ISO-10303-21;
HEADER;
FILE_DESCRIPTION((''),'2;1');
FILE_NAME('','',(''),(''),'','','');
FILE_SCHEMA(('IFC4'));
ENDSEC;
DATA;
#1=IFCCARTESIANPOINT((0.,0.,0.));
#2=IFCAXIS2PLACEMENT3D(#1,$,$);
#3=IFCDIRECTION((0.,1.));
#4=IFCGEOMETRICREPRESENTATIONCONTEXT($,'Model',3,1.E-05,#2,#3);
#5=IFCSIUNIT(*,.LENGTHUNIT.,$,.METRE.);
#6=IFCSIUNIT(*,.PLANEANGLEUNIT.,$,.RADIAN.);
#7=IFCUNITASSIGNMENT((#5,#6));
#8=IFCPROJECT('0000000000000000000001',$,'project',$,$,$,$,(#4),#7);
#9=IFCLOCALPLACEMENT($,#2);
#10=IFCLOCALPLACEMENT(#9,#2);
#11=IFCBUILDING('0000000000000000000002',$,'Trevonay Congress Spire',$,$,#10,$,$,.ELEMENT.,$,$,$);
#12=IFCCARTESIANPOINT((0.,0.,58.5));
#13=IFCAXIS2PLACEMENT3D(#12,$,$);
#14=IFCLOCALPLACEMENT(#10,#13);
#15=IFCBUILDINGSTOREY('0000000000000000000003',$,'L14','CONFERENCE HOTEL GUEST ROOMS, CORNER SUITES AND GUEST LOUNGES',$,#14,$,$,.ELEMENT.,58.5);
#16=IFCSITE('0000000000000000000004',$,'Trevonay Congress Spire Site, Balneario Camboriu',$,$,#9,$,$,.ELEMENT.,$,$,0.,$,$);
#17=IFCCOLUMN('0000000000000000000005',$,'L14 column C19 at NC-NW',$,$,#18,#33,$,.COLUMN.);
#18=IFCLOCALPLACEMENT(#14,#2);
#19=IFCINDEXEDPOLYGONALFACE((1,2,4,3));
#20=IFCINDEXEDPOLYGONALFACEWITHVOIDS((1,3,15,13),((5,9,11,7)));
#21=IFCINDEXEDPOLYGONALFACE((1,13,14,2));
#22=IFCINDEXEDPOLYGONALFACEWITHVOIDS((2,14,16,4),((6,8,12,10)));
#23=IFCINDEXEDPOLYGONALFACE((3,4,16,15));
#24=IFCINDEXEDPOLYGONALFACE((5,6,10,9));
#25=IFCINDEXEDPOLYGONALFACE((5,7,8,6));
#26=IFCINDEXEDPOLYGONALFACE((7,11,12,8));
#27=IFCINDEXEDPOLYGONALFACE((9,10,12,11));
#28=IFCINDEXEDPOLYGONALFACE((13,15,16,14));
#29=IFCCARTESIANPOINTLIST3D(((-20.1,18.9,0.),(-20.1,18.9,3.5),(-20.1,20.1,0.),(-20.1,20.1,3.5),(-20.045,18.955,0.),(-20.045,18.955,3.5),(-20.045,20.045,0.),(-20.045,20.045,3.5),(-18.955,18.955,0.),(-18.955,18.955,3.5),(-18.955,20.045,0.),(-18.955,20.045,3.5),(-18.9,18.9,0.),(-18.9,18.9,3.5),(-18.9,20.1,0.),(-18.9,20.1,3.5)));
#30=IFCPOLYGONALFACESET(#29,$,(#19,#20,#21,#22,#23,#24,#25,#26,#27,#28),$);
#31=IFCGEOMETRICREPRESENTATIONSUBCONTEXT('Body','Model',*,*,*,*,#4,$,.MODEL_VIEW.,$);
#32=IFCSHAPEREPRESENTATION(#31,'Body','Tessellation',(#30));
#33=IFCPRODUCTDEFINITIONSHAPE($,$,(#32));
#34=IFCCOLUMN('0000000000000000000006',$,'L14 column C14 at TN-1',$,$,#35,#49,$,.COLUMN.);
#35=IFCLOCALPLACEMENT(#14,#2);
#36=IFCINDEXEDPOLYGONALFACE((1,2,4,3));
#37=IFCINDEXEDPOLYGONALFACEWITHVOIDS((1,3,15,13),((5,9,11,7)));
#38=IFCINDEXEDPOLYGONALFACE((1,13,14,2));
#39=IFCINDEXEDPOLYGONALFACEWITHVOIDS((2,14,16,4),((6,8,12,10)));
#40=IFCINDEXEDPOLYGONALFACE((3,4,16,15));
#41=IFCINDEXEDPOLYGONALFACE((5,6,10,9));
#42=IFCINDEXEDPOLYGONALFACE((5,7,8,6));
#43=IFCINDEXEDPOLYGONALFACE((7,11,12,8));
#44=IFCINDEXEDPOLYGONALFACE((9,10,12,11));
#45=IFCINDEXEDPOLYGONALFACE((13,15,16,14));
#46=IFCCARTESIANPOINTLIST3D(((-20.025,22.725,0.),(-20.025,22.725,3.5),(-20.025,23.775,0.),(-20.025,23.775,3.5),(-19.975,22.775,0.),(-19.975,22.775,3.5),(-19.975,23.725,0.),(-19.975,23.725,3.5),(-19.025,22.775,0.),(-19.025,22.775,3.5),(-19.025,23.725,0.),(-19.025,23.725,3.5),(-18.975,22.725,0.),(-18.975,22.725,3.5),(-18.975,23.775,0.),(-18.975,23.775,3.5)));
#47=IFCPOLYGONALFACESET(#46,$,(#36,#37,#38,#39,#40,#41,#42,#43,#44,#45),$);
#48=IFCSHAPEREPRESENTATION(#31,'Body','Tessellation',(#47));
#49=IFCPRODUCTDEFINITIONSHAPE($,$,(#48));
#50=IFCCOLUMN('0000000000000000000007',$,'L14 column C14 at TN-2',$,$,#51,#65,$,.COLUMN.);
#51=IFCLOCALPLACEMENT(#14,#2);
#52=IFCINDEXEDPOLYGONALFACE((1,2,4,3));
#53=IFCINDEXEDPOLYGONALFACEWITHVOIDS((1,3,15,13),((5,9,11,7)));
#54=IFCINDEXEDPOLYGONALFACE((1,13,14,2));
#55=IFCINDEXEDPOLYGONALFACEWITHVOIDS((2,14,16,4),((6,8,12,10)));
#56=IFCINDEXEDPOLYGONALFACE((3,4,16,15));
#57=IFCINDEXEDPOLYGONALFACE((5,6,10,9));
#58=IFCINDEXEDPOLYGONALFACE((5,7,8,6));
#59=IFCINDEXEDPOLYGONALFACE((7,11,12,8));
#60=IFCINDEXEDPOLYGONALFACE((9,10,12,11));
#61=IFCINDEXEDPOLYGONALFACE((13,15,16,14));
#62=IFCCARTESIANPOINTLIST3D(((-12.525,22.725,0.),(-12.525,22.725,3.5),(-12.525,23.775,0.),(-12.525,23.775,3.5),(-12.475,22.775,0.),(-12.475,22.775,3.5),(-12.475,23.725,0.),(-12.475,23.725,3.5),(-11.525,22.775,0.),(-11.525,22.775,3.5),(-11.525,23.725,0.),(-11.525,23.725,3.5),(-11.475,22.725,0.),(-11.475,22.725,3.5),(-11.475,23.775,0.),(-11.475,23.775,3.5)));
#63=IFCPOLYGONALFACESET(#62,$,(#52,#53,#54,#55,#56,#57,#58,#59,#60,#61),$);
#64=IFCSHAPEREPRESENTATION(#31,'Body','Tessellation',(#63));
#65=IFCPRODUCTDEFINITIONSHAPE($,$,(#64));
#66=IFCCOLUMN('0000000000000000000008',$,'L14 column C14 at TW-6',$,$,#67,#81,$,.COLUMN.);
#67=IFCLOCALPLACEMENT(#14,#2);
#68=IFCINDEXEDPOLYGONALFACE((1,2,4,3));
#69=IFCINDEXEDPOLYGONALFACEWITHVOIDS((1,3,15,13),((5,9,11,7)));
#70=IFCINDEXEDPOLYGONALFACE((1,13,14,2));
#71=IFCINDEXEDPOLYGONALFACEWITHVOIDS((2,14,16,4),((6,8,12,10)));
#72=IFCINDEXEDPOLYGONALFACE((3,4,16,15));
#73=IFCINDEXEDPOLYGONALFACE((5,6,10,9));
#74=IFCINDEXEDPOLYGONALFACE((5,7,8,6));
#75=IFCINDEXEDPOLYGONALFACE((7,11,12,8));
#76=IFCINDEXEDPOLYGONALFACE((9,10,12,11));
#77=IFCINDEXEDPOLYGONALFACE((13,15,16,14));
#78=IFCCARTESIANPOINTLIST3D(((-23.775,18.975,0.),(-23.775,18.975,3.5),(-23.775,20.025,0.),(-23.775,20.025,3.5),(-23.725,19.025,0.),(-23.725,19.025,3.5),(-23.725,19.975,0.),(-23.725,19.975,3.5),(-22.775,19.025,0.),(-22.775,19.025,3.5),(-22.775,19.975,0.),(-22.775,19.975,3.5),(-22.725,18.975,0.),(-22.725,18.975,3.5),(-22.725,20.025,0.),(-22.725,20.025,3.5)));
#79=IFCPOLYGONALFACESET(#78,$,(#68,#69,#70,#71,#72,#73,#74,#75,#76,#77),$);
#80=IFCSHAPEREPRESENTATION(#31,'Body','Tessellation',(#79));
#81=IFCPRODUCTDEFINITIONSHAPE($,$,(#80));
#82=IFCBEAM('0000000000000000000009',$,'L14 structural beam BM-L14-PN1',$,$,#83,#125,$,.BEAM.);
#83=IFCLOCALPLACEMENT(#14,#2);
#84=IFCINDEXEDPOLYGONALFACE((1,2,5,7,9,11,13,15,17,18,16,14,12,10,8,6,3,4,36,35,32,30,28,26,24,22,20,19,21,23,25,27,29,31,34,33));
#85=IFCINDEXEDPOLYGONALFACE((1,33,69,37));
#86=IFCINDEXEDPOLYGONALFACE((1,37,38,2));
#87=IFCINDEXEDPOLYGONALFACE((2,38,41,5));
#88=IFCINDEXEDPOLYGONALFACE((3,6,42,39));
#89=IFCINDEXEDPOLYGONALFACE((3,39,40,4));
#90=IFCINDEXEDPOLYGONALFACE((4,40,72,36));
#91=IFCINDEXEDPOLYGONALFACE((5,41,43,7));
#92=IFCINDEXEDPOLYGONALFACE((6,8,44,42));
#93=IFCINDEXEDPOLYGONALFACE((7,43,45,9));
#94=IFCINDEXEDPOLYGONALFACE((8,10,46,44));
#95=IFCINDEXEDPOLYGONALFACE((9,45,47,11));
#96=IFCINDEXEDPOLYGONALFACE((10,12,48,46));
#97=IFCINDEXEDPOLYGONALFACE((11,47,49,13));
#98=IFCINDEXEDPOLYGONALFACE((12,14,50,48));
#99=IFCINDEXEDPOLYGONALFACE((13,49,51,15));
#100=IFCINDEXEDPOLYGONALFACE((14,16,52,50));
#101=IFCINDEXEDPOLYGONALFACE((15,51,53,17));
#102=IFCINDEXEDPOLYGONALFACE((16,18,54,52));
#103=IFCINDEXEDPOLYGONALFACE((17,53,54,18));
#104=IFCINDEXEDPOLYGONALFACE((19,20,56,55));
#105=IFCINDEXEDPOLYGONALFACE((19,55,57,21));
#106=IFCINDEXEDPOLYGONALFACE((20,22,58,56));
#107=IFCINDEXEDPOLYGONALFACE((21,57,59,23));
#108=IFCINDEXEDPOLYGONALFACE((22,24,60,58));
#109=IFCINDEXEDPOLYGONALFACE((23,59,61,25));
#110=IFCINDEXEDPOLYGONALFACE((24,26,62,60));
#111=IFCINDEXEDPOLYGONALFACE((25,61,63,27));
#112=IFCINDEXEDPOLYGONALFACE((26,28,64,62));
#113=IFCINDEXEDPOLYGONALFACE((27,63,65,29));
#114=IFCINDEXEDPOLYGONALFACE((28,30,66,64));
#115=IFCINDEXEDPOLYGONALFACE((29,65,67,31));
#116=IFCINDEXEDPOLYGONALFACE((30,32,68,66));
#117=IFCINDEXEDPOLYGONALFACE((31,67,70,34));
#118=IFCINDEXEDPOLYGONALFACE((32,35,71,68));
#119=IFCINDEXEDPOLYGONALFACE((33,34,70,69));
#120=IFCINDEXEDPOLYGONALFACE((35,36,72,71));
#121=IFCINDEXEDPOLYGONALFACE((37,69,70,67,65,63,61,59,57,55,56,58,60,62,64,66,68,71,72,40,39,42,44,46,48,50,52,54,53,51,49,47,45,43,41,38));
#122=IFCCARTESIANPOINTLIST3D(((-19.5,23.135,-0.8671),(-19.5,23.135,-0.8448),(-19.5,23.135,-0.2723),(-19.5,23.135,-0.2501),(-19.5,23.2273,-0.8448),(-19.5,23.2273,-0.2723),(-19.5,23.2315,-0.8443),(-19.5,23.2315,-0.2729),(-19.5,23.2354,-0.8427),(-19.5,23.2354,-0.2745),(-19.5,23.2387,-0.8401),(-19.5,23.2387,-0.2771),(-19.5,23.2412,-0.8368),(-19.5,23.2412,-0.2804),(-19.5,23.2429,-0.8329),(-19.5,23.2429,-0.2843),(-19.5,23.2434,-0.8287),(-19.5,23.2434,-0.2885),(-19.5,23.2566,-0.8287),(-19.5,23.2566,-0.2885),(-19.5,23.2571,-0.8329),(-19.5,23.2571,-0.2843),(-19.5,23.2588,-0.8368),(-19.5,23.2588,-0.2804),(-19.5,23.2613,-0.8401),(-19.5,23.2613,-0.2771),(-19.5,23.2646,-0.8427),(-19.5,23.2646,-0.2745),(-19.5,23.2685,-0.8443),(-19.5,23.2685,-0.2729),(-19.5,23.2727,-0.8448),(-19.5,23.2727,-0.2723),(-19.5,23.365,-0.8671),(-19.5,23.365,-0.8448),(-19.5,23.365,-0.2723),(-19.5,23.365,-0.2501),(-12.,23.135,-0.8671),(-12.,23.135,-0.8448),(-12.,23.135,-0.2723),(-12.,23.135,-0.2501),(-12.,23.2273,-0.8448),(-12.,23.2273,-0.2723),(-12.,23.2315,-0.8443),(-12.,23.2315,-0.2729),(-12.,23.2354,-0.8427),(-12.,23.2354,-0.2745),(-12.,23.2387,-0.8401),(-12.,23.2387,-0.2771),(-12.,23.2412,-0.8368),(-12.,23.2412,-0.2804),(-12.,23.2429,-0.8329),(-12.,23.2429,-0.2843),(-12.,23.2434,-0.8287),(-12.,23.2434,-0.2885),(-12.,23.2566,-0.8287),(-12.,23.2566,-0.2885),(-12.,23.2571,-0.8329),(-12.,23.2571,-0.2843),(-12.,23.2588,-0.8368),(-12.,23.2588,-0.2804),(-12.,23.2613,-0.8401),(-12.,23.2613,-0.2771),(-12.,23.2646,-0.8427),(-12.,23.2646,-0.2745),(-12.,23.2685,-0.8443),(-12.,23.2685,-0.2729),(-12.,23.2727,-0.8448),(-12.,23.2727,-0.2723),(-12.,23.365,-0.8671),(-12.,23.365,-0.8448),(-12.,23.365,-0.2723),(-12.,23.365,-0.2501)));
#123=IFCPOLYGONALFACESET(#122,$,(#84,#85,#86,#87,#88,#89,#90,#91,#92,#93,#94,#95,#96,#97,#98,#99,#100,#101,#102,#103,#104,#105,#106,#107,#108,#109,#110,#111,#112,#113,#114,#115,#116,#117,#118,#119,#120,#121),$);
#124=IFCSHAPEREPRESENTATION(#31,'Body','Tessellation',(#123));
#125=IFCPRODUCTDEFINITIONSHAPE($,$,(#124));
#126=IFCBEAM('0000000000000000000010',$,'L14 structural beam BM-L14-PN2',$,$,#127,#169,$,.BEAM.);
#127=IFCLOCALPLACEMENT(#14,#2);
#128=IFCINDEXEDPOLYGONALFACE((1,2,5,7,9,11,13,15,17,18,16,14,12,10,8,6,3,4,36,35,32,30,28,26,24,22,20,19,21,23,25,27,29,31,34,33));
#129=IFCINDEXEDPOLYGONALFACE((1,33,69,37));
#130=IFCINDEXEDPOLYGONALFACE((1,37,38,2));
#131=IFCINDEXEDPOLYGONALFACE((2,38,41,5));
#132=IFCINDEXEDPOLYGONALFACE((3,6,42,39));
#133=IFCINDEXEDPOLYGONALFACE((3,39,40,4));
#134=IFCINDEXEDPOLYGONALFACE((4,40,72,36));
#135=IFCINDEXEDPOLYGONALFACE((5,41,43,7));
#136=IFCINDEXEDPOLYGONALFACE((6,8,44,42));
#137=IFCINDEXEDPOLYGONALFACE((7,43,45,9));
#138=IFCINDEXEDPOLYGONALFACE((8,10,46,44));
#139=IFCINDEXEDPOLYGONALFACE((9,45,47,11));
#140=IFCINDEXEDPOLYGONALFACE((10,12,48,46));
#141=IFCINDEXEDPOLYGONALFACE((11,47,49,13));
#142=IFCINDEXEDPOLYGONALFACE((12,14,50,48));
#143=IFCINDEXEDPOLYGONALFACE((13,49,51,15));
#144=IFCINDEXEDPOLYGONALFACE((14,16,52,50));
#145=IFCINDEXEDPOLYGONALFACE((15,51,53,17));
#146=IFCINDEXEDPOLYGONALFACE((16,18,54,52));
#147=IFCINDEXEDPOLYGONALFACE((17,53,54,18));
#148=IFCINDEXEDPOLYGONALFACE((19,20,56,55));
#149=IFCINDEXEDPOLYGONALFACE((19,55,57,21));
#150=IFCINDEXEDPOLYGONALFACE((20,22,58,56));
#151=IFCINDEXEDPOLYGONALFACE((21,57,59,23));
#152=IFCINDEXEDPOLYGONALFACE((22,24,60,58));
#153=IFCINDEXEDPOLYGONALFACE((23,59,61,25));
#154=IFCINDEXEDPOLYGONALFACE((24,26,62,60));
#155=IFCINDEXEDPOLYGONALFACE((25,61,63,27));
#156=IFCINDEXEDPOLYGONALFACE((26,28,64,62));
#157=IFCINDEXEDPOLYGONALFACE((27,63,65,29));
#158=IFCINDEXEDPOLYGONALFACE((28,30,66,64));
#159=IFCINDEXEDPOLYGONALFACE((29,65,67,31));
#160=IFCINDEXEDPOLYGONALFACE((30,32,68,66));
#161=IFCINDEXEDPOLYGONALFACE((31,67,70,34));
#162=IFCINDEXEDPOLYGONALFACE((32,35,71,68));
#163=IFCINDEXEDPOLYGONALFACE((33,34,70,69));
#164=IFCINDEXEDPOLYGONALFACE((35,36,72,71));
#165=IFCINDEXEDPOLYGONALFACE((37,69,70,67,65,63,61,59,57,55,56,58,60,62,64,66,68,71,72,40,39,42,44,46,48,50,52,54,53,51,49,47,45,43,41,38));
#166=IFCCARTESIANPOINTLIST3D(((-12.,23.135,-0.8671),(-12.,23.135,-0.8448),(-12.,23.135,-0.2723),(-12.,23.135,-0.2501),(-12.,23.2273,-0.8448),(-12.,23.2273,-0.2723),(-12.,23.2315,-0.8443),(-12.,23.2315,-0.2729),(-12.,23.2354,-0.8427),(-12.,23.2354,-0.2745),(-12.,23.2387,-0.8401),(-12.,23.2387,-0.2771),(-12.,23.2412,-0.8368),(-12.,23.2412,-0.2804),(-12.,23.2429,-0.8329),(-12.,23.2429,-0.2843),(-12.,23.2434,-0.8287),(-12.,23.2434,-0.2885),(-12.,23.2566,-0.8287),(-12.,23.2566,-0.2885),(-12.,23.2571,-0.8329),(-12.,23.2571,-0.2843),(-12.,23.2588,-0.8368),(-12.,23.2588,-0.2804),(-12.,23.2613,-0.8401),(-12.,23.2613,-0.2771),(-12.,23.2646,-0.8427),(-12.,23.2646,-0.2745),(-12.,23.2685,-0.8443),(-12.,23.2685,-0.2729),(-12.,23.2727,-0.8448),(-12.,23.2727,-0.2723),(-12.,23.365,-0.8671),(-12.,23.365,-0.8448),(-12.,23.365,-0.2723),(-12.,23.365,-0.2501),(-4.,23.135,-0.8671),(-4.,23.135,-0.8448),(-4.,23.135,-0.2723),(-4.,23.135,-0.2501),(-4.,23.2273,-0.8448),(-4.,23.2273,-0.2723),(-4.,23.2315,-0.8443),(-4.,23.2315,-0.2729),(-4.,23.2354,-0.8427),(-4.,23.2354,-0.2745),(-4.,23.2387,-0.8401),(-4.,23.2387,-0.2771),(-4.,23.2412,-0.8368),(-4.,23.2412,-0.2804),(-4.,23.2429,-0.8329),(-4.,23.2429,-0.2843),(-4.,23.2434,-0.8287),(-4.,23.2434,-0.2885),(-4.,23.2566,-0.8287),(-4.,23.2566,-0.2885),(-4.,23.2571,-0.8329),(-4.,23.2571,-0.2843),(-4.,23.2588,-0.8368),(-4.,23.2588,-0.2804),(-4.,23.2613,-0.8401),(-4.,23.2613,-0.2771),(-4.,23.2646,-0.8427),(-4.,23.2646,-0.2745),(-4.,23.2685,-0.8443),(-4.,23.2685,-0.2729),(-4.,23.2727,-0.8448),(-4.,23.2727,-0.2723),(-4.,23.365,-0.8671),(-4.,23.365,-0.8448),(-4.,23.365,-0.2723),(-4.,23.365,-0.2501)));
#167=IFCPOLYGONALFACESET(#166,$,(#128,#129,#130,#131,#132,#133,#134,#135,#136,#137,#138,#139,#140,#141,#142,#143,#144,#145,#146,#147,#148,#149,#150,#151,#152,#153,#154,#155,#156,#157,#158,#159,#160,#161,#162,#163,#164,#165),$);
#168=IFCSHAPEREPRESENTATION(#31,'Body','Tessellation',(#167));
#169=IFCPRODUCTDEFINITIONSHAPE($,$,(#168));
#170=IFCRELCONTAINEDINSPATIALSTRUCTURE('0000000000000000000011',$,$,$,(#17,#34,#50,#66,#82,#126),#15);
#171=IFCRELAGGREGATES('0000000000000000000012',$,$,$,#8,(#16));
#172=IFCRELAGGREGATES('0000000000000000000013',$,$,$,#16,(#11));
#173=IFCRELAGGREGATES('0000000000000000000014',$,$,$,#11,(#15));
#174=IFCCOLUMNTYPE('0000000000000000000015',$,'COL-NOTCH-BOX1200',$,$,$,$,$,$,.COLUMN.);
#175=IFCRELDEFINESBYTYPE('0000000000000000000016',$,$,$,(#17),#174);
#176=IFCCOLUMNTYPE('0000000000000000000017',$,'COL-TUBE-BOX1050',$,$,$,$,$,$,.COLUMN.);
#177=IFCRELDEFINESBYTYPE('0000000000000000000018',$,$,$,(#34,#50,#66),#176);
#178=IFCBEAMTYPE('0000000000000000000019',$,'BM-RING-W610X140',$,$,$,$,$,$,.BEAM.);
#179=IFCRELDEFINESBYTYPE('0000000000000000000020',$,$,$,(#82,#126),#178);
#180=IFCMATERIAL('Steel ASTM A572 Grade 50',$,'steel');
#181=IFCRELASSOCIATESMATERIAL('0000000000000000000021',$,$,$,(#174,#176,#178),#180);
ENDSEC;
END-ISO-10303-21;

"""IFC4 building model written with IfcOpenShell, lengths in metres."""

from ifc_helpers import new_model, si_unit, direction, frame, origin, origin_2d, place, context, subcontext, project, spatial, hollow_rectangle, i_section, extrude, material, material_profile, profile_set, type_object, element, save


model = new_model("IFC4")

# Units and contexts
model_context = context("Model", 3, precision=1e-05, world=origin(), true_north=direction((0.0, 1.0)))
body_context = subcontext(model_context, "Body", "Model", "MODEL_VIEW")
ifc_project = project(units=[si_unit("LENGTHUNIT", "METRE"), si_unit("PLANEANGLEUNIT", "RADIAN")], contexts=[model_context])

# Site, building, storey
site_placement = place(None, origin())
site = spatial("IfcSite", under=ifc_project, at=site_placement, Name="Trevonay Congress Spire Site, Balneario Camboriu", CompositionType="ELEMENT", RefElevation=0.0)
building_placement = place(site_placement, origin())
building = spatial("IfcBuilding", under=site, at=building_placement, Name="Trevonay Congress Spire", CompositionType="ELEMENT")
storey_placement = place(building_placement, frame((0.0, 0.0, 58.5)))
storey = spatial("IfcBuildingStorey", under=building, at=storey_placement, Name="L14", Description="CONFERENCE HOTEL GUEST ROOMS, CORNER SUITES AND GUEST LOUNGES", CompositionType="ELEMENT", Elevation=58.5)

# Columns
ifc_material_1 = material(Name="Steel ASTM A572 Grade 50", Category="steel")
ifc_material_profile_1 = material_profile(ifc_material_1, hollow_rectangle(XDim=1.2, YDim=1.2, WallThickness=0.0549, at=origin_2d()), Name="BOX 1200x1200x55")
ifc_profile_set_1 = profile_set([ifc_material_profile_1], Name="Steel ASTM A572 Grade 50")
column_type_1 = type_object("IfcColumnType", Name="COL-NOTCH-BOX1200", PredefinedType="COLUMN", material=ifc_profile_set_1)
column_placement = place(storey_placement, frame((-19.5, 19.5, 0.0), z_axis=(0.0, 0.0, 1.0), x_axis=(1.0, 0.0, 0.0)))
element("IfcColumn", 1, at=column_placement, inside=storey, type_object=column_type_1, Name="L14 column C19 at NC-NW", PredefinedType="COLUMN", context=body_context, shape_type="SweptSolid", body=[
    extrude(hollow_rectangle(XDim=1.2, YDim=1.2, WallThickness=0.0549, at=origin_2d()), origin(), (0.0, 0.0, 1.0), 3.5),
])
ifc_material_profile_2 = material_profile(ifc_material_1, hollow_rectangle(XDim=1.05, YDim=1.05, WallThickness=0.05, at=origin_2d()), Name="BOX 1050x1050x50")
ifc_profile_set_2 = profile_set([ifc_material_profile_2], Name="Steel ASTM A572 Grade 50")
column_type_2 = type_object("IfcColumnType", Name="COL-TUBE-BOX1050", PredefinedType="COLUMN", material=ifc_profile_set_2)
for number, where, z_axis, x_axis, name in (
    (2, (-19.5, 23.25, 0.0), (0.0, 0.0, 1.0), (1.0, 0.0, 0.0), "L14 column C14 at TN-1"),
    (3, (-12.0, 23.25, 0.0), (0.0, 0.0, 1.0), (1.0, 0.0, 0.0), "L14 column C14 at TN-2"),
    (4, (-23.25, 19.5, 0.0), (0.0, 0.0, 1.0), (1.0, 0.0, 0.0), "L14 column C14 at TW-6"),
):
    element("IfcColumn", number, at=place(storey_placement, frame(where, z_axis=z_axis, x_axis=x_axis)), inside=storey, type_object=column_type_2, Name=name, PredefinedType="COLUMN", context=body_context, shape_type="SweptSolid", body=[
        extrude(hollow_rectangle(XDim=1.05, YDim=1.05, WallThickness=0.05, at=origin_2d()), origin(), (0.0, 0.0, 1.0), 3.5),
    ])

# Beams
ifc_material_profile_3 = material_profile(ifc_material_1, i_section(OverallWidth=0.23, OverallDepth=0.6169, WebThickness=0.0132, FlangeThickness=0.0222, FilletRadius=0.0161, at=origin_2d()), Name="W610x140")
ifc_profile_set_3 = profile_set([ifc_material_profile_3], Name="Steel ASTM A572 Grade 50")
beam_type_1 = type_object("IfcBeamType", Name="BM-RING-W610X140", PredefinedType="BEAM", material=ifc_profile_set_3)
beam_1_placement = place(storey_placement, frame((-19.5, 23.25, -0.5586), z_axis=(1.0, 0.0, 0.0), x_axis=(0.0, 1.0, 0.0)))
element("IfcBeam", 5, at=beam_1_placement, inside=storey, type_object=beam_type_1, Name="L14 structural beam BM-L14-PN1", PredefinedType="BEAM", context=body_context, shape_type="SweptSolid", body=[
    extrude(i_section(OverallWidth=0.23, OverallDepth=0.6169, WebThickness=0.0132, FlangeThickness=0.0222, FilletRadius=0.0161, at=origin_2d()), origin(), (0.0, 0.0, 1.0), 7.5),
])
beam_2_placement = place(storey_placement, frame((-12.0, 23.25, -0.5586), z_axis=(1.0, 0.0, 0.0), x_axis=(0.0, 1.0, 0.0)))
element("IfcBeam", 6, at=beam_2_placement, inside=storey, type_object=beam_type_1, Name="L14 structural beam BM-L14-PN2", PredefinedType="BEAM", context=body_context, shape_type="SweptSolid", body=[
    extrude(i_section(OverallWidth=0.23, OverallDepth=0.6169, WebThickness=0.0132, FlangeThickness=0.0222, FilletRadius=0.0161, at=origin_2d()), origin(), (0.0, 0.0, 1.0), 8.0),
])

save(model, "model.ifc")
